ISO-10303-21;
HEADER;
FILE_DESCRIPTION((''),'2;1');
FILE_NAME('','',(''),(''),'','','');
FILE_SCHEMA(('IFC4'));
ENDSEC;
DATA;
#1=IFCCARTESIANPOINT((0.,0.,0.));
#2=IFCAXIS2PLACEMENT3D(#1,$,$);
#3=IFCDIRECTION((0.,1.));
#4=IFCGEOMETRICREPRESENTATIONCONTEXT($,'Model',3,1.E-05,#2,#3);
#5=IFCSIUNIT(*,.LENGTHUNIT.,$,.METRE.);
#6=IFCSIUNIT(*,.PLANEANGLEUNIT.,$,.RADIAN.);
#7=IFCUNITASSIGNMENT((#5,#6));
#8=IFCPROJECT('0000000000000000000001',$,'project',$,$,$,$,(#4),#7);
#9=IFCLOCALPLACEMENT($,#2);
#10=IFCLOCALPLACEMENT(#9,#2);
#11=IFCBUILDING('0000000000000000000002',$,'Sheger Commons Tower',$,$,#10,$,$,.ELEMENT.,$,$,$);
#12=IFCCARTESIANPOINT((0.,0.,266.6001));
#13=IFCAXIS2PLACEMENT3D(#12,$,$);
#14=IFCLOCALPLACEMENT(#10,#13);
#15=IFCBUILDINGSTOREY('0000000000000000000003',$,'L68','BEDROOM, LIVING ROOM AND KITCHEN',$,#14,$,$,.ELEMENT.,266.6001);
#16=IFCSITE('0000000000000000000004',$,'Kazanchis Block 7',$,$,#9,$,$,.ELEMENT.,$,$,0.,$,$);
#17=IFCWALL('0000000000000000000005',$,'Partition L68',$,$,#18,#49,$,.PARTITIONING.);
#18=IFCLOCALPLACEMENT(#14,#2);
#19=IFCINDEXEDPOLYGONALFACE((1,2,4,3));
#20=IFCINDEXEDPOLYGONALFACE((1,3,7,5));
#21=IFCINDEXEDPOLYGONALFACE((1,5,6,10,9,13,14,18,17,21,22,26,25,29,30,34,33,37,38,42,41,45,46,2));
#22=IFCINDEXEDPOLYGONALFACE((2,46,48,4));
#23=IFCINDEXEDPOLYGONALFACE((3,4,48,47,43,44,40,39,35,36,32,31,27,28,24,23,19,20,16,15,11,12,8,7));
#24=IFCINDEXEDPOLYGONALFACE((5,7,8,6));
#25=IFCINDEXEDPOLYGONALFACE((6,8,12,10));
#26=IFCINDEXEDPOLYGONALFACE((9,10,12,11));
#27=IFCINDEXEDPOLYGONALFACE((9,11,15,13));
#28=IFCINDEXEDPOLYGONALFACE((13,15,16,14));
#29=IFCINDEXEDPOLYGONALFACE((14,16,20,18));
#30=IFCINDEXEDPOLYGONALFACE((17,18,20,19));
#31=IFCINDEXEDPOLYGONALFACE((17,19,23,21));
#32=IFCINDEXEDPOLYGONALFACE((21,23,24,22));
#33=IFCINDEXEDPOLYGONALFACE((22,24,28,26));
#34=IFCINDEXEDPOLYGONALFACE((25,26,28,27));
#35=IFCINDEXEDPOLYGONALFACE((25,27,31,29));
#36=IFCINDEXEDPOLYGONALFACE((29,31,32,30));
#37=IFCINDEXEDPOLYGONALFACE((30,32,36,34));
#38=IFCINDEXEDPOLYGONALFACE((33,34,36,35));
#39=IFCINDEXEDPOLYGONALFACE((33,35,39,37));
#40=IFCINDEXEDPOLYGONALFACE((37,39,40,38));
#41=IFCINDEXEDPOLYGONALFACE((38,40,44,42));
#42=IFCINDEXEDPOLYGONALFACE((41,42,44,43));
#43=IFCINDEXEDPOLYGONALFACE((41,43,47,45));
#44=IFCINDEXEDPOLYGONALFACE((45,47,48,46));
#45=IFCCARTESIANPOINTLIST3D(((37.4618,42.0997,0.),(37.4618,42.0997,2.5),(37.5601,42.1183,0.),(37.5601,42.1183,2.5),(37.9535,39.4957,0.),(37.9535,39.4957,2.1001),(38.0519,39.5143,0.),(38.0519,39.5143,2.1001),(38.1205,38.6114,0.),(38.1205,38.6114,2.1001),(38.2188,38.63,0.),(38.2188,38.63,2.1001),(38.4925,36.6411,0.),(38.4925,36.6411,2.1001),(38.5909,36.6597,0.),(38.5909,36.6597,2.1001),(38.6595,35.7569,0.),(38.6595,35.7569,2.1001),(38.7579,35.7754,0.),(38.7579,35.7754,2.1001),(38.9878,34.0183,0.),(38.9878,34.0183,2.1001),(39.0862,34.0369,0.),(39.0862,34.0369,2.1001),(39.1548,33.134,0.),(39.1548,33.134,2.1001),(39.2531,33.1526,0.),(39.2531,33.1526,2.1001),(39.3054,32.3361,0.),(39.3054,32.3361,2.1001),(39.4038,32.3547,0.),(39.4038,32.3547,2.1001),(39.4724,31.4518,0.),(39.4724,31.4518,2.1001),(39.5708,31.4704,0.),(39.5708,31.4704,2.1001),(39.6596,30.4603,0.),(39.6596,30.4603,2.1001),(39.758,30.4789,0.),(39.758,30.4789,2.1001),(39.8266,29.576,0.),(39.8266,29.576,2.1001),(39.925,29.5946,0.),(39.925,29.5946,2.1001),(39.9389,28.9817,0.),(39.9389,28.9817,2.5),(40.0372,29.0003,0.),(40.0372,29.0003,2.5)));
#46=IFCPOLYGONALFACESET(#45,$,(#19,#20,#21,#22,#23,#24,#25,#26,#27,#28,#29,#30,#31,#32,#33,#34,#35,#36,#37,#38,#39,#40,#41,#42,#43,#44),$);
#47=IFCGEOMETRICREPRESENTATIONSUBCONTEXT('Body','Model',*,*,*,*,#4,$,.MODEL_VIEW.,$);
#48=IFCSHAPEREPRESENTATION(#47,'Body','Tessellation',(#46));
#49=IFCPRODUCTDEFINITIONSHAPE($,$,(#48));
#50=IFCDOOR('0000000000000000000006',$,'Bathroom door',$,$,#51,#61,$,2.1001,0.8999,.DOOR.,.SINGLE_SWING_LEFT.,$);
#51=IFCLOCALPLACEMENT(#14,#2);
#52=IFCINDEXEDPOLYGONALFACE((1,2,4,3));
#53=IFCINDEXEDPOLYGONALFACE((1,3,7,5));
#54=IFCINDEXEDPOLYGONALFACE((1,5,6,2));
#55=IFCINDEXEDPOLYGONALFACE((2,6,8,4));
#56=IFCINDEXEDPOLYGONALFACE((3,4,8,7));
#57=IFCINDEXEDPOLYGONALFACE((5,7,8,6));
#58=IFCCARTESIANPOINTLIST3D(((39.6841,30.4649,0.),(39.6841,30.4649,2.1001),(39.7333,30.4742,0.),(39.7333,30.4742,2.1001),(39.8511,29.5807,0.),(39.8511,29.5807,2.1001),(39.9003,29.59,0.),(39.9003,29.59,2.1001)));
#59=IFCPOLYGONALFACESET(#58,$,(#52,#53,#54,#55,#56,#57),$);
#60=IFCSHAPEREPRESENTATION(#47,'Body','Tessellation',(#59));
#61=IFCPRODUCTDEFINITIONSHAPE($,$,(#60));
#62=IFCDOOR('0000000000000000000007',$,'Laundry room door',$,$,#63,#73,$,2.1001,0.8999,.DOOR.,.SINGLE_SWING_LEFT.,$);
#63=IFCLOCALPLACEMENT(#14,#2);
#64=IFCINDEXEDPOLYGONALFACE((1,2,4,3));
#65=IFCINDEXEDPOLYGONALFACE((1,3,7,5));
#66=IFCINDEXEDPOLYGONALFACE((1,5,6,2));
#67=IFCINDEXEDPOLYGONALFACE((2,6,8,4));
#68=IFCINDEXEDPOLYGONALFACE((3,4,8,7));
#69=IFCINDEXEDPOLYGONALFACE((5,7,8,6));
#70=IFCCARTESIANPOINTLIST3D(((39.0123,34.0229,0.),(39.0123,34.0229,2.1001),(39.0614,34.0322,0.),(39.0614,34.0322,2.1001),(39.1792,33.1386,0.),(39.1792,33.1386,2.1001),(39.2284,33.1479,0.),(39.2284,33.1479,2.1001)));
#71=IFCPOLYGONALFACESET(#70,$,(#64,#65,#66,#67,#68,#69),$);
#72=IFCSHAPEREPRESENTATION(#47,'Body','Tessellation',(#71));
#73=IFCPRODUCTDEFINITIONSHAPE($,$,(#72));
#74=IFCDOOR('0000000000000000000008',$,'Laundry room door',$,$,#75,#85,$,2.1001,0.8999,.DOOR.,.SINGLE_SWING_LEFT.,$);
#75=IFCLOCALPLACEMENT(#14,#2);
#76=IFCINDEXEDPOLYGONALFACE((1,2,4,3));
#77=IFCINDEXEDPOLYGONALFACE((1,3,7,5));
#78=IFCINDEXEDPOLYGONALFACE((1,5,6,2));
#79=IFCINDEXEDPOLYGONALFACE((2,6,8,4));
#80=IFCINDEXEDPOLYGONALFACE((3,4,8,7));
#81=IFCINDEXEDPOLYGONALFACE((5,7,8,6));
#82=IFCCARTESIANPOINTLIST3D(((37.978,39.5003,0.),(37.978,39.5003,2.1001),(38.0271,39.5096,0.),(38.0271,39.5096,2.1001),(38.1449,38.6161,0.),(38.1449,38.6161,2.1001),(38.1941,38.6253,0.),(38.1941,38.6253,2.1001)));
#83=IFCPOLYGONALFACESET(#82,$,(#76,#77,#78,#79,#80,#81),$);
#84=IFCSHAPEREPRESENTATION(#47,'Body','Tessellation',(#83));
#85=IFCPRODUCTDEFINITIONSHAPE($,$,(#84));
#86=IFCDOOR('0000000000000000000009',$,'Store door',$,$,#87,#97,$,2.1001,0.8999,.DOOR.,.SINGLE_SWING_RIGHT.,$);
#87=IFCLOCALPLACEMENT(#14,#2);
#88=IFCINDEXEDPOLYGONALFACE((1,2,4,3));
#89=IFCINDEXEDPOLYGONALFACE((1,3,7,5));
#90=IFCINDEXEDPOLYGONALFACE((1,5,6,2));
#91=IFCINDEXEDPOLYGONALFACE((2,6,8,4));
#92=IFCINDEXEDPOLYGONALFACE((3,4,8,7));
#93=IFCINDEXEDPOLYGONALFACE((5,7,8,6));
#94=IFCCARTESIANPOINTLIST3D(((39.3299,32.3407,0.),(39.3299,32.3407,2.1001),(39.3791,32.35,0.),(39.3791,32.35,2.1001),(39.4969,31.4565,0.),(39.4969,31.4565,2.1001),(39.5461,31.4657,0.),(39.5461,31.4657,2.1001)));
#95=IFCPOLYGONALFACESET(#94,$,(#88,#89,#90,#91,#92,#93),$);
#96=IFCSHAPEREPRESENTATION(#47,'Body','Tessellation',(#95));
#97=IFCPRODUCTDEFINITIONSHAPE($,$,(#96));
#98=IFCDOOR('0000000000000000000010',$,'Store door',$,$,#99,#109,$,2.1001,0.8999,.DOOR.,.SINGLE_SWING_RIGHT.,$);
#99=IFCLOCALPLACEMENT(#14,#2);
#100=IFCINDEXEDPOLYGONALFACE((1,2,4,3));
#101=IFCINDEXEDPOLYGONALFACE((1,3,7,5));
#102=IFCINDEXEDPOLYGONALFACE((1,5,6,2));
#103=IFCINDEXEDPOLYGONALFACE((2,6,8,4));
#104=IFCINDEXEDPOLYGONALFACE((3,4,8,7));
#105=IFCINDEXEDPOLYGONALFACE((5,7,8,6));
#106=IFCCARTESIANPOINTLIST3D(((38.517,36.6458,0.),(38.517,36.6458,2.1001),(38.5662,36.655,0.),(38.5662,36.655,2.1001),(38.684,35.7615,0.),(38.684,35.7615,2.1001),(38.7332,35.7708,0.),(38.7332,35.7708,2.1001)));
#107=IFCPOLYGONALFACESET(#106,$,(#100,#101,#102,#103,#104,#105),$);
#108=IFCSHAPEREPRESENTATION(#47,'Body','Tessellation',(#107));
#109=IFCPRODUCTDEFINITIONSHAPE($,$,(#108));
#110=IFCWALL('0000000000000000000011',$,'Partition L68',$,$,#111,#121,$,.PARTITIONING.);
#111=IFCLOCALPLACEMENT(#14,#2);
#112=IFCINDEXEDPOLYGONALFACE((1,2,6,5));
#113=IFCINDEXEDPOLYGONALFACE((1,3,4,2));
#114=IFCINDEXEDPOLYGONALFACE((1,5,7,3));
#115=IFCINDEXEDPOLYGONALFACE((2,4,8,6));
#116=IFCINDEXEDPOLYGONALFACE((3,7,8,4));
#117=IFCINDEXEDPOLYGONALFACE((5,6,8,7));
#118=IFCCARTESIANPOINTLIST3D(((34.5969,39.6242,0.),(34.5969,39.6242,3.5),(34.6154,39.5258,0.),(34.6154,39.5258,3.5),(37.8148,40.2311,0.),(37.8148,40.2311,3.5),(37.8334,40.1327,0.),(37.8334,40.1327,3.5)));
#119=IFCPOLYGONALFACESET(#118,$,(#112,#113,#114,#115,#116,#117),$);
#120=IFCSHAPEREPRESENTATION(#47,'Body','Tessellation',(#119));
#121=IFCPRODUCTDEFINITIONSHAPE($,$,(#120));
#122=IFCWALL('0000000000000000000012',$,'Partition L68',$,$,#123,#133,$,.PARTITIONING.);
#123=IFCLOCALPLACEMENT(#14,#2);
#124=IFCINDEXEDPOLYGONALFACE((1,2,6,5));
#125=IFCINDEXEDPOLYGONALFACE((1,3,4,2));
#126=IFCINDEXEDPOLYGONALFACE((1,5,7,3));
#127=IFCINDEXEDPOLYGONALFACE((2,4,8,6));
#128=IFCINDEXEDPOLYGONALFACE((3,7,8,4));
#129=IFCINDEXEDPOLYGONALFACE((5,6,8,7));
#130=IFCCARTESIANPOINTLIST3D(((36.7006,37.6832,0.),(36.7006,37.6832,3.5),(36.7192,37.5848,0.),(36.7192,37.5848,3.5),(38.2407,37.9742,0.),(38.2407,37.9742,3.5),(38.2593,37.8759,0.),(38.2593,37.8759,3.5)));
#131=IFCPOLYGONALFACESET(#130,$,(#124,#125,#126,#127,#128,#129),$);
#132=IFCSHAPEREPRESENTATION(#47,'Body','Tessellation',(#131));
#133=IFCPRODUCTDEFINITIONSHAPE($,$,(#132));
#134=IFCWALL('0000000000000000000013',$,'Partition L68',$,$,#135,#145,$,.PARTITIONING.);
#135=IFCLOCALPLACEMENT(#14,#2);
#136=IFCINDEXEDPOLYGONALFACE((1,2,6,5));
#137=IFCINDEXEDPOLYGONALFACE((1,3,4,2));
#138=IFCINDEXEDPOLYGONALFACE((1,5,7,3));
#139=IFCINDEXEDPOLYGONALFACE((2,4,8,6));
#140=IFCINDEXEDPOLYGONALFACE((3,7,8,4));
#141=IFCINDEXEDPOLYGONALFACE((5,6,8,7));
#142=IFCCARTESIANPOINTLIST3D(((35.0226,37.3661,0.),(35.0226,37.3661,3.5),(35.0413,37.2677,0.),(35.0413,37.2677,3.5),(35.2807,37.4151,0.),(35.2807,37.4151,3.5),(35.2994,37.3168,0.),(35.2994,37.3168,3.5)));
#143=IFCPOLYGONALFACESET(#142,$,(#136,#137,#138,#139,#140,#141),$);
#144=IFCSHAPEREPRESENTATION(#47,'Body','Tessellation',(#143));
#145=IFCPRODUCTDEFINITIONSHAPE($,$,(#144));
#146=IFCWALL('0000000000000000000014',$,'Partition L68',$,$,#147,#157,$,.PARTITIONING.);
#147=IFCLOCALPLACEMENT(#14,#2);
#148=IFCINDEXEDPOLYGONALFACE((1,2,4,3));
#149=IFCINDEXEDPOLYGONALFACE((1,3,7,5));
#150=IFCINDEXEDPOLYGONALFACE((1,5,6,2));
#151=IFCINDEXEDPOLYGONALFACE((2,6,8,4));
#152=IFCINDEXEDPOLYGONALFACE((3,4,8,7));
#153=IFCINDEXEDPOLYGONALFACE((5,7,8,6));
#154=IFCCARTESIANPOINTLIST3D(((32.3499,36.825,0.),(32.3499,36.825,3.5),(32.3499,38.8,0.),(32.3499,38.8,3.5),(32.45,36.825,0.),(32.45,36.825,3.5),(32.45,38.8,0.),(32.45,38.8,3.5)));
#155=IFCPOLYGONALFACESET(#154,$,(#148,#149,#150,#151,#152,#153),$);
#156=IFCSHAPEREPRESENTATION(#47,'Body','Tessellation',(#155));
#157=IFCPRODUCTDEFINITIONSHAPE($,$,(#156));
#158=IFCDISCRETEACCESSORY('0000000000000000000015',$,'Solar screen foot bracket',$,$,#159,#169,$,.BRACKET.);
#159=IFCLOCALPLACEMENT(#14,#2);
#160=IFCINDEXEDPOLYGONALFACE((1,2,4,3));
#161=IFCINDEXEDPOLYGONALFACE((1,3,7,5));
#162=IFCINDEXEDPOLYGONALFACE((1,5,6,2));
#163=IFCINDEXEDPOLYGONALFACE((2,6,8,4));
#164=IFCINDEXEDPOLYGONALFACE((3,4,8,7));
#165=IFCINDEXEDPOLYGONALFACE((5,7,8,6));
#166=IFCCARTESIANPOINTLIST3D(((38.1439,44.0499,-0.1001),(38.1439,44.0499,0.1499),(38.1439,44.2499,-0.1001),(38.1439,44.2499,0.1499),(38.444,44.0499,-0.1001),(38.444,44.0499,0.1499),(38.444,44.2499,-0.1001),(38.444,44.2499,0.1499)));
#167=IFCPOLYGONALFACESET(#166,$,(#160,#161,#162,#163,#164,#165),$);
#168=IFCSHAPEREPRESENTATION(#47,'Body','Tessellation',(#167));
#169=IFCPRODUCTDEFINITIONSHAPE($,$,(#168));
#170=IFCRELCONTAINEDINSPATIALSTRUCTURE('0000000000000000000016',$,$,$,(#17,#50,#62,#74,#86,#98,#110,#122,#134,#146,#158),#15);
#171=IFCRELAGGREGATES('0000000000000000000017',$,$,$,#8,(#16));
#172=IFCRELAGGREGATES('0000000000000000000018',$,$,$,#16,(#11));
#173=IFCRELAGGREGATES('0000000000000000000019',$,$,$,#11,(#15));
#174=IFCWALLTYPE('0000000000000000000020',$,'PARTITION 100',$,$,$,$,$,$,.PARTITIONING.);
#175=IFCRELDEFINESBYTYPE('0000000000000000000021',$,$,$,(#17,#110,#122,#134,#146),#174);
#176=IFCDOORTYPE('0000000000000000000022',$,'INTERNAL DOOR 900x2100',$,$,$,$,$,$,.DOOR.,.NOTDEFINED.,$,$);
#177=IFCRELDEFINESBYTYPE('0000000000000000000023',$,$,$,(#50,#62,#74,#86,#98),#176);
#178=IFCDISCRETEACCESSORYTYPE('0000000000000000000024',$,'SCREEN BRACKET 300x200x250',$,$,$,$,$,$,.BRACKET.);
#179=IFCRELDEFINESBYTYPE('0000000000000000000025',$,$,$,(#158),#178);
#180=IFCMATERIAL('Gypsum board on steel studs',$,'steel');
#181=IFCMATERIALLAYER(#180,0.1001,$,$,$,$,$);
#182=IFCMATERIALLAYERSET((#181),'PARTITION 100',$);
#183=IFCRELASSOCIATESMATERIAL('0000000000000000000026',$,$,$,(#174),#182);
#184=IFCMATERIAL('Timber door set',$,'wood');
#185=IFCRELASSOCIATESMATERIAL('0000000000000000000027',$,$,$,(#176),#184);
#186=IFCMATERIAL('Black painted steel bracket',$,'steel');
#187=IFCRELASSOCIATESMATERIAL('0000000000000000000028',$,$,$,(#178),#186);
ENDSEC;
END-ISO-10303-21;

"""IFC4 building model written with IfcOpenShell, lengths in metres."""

from ifc_helpers import new_model, si_unit, direction, frame, frame_2d, origin, origin_2d, place, context, subcontext, project, spatial, rectangle, extrude, material, layer, layer_set, type_object, element, fill, save


model = new_model("IFC4")

# Units and contexts
model_context = context("Model", 3, precision=1e-05, world=origin(), true_north=direction((0.0, 1.0)))
body_context = subcontext(model_context, "Body", "Model", "MODEL_VIEW")
ifc_project = project(units=[si_unit("LENGTHUNIT", "METRE"), si_unit("PLANEANGLEUNIT", "RADIAN")], contexts=[model_context])

# Site, building, storey
site_placement = place(None, origin())
site = spatial("IfcSite", under=ifc_project, at=site_placement, Name="Kazanchis Block 7", CompositionType="ELEMENT", RefElevation=0.0)
building_placement = place(site_placement, origin())
building = spatial("IfcBuilding", under=site, at=building_placement, Name="Sheger Commons Tower", CompositionType="ELEMENT")
storey_placement = place(building_placement, frame((0.0, 0.0, 266.6001)))
storey = spatial("IfcBuildingStorey", under=building, at=storey_placement, Name="L68", Description="BEDROOM, LIVING ROOM AND KITCHEN", CompositionType="ELEMENT", Elevation=266.6001)

# Shared definitions
ifc_material_1 = material(Name="Gypsum board on steel studs", Category="steel")
ifc_layer_1 = layer(ifc_material_1, 0.1001)
ifc_layer_set_1 = layer_set([ifc_layer_1], Name="PARTITION 100")
wall_type_1 = type_object("IfcWallType", Name="PARTITION 100", PredefinedType="PARTITIONING", material=ifc_layer_set_1)

# Wall, openings, doors
wall_1_placement = place(storey_placement, frame((37.511, 42.1089, 0.0), z_axis=(0.0, 0.0, 1.0), x_axis=(0.18555, -0.982635, 0.0)))
wall_1 = element("IfcWall", 1, at=wall_1_placement, inside=storey, type_object=wall_type_1, Name="Partition L68", PredefinedType="PARTITIONING", context=body_context, shape_type="SweptSolid", body=[
    extrude(rectangle(XDim=13.3499, YDim=0.1001, at=frame_2d((6.6748, 0.0))), origin(), (0.0, 0.0, 1.0), 2.5),
])
opening_1_placement = place(wall_1_placement, frame((11.845, 0.0, 0.0)))
opening_1 = element("IfcOpeningElement", 2, at=opening_1_placement, cuts=wall_1, PredefinedType="OPENING", context=body_context, shape_type="SweptSolid", body=[
    extrude(rectangle(XDim=0.8999, YDim=2.1001, at=frame_2d((0.45, 1.05))), frame((0.0, 0.0601, 0.0), z_axis=(0.0, -1.0, 0.0), x_axis=(1.0, 0.0, 0.0)), (0.0, 0.0, 1.0), 0.1201),
])
opening_2_placement = place(wall_1_placement, frame((8.2241, 0.0, 0.0)))
opening_2 = element("IfcOpeningElement", 3, at=opening_2_placement, cuts=wall_1, PredefinedType="OPENING", context=body_context, shape_type="SweptSolid", body=[
    extrude(rectangle(XDim=0.8999, YDim=2.1001, at=frame_2d((0.45, 1.05))), frame((0.0, 0.0601, 0.0), z_axis=(0.0, -1.0, 0.0), x_axis=(1.0, 0.0, 0.0)), (0.0, 0.0, 1.0), 0.1201),
])
opening_3_placement = place(wall_1_placement, frame((2.6499, 0.0, 0.0)))
opening_3 = element("IfcOpeningElement", 4, at=opening_3_placement, cuts=wall_1, PredefinedType="OPENING", context=body_context, shape_type="SweptSolid", body=[
    extrude(rectangle(XDim=0.8999, YDim=2.1001, at=frame_2d((0.45, 1.05))), frame((0.0, 0.0601, 0.0), z_axis=(0.0, -1.0, 0.0), x_axis=(1.0, 0.0, 0.0)), (0.0, 0.0, 1.0), 0.1201),
])
opening_4_placement = place(wall_1_placement, frame((9.936, 0.0, 0.0)))
opening_4 = element("IfcOpeningElement", 5, at=opening_4_placement, cuts=wall_1, PredefinedType="OPENING", context=body_context, shape_type="SweptSolid", body=[
    extrude(rectangle(XDim=0.8999, YDim=2.1001, at=frame_2d((0.45, 1.05))), frame((0.0, 0.0601, 0.0), z_axis=(0.0, -1.0, 0.0), x_axis=(1.0, 0.0, 0.0)), (0.0, 0.0, 1.0), 0.1201),
])
opening_5_placement = place(wall_1_placement, frame((5.5549, 0.0, 0.0)))
opening_5 = element("IfcOpeningElement", 6, at=opening_5_placement, cuts=wall_1, PredefinedType="OPENING", context=body_context, shape_type="SweptSolid", body=[
    extrude(rectangle(XDim=0.8999, YDim=2.1001, at=frame_2d((0.45, 1.05))), frame((0.0, 0.0601, 0.0), z_axis=(0.0, -1.0, 0.0), x_axis=(1.0, 0.0, 0.0)), (0.0, 0.0, 1.0), 0.1201),
])
ifc_material_2 = material(Name="Timber door set", Category="wood")
door_type_1 = type_object("IfcDoorType", Name="INTERNAL DOOR 900x2100", OperationType="NOTDEFINED", PredefinedType="DOOR", material=ifc_material_2)
door_1_placement = place(opening_1_placement, origin())
door_1 = element("IfcDoor", 7, at=door_1_placement, inside=storey, type_object=door_type_1, Name="Bathroom door", OperationType="SINGLE_SWING_LEFT", OverallHeight=2.1001, OverallWidth=0.8999, PredefinedType="DOOR", context=body_context, shape_type="SweptSolid", body=[
    extrude(rectangle(XDim=0.8999, YDim=2.1001, at=frame_2d((0.45, 1.05))), frame((0.0, 0.0249, 0.0), z_axis=(0.0, -1.0, 0.0), x_axis=(1.0, 0.0, 0.0)), (0.0, 0.0, 1.0), 0.05),
])
fill(opening_1, door_1)
door_2_placement = place(opening_2_placement, origin())
door_2 = element("IfcDoor", 8, at=door_2_placement, inside=storey, type_object=door_type_1, Name="Laundry room door", OperationType="SINGLE_SWING_LEFT", OverallHeight=2.1001, OverallWidth=0.8999, PredefinedType="DOOR", context=body_context, shape_type="SweptSolid", body=[
    extrude(rectangle(XDim=0.8999, YDim=2.1001, at=frame_2d((0.45, 1.05))), frame((0.0, 0.0249, 0.0), z_axis=(0.0, -1.0, 0.0), x_axis=(1.0, 0.0, 0.0)), (0.0, 0.0, 1.0), 0.05),
])
fill(opening_2, door_2)
door_3_placement = place(opening_3_placement, origin())
door_3 = element("IfcDoor", 9, at=door_3_placement, inside=storey, type_object=door_type_1, Name="Laundry room door", OperationType="SINGLE_SWING_LEFT", OverallHeight=2.1001, OverallWidth=0.8999, PredefinedType="DOOR", context=body_context, shape_type="SweptSolid", body=[
    extrude(rectangle(XDim=0.8999, YDim=2.1001, at=frame_2d((0.45, 1.05))), frame((0.0, 0.0249, 0.0), z_axis=(0.0, -1.0, 0.0), x_axis=(1.0, 0.0, 0.0)), (0.0, 0.0, 1.0), 0.05),
])
fill(opening_3, door_3)
door_4_placement = place(opening_4_placement, origin())
door_4 = element("IfcDoor", 10, at=door_4_placement, inside=storey, type_object=door_type_1, Name="Store door", OperationType="SINGLE_SWING_RIGHT", OverallHeight=2.1001, OverallWidth=0.8999, PredefinedType="DOOR", context=body_context, shape_type="SweptSolid", body=[
    extrude(rectangle(XDim=0.8999, YDim=2.1001, at=frame_2d((0.45, 1.05))), frame((0.0, 0.0249, 0.0), z_axis=(0.0, -1.0, 0.0), x_axis=(1.0, 0.0, 0.0)), (0.0, 0.0, 1.0), 0.05),
])
fill(opening_4, door_4)
door_5_placement = place(opening_5_placement, origin())
door_5 = element("IfcDoor", 11, at=door_5_placement, inside=storey, type_object=door_type_1, Name="Store door", OperationType="SINGLE_SWING_RIGHT", OverallHeight=2.1001, OverallWidth=0.8999, PredefinedType="DOOR", context=body_context, shape_type="SweptSolid", body=[
    extrude(rectangle(XDim=0.8999, YDim=2.1001, at=frame_2d((0.45, 1.05))), frame((0.0, 0.0249, 0.0), z_axis=(0.0, -1.0, 0.0), x_axis=(1.0, 0.0, 0.0)), (0.0, 0.0, 1.0), 0.05),
])
fill(opening_5, door_5)

# Walls
wall_2_placement = place(storey_placement, frame((37.824, 40.1819, 0.0), z_axis=(0.0, 0.0, 1.0), x_axis=(-0.982675, -0.185337, 0.0)))
element("IfcWall", 12, at=wall_2_placement, inside=storey, type_object=wall_type_1, Name="Partition L68", PredefinedType="PARTITIONING", context=body_context, shape_type="SweptSolid", body=[
    extrude(rectangle(XDim=3.2747, YDim=0.1001, at=frame_2d((1.6372, 0.0))), origin(), (0.0, 0.0, 1.0), 3.5),
])
wall_3_placement = place(storey_placement, frame((38.25, 37.925, 0.0), z_axis=(0.0, 0.0, 1.0), x_axis=(-0.98261, -0.18568, 0.0)))
element("IfcWall", 13, at=wall_3_placement, inside=storey, type_object=wall_type_1, Name="Partition L68", PredefinedType="PARTITIONING", context=body_context, shape_type="SweptSolid", body=[
    extrude(rectangle(XDim=1.5674, YDim=0.1001, at=frame_2d((0.7837, 0.0))), origin(), (0.0, 0.0, 1.0), 3.5),
])
wall_4_placement = place(storey_placement, frame((35.29, 37.366, 0.0), z_axis=(0.0, 0.0, 1.0), x_axis=(-0.982395, -0.186813, 0.0)))
element("IfcWall", 14, at=wall_4_placement, inside=storey, type_object=wall_type_1, Name="Partition L68", PredefinedType="PARTITIONING", context=body_context, shape_type="SweptSolid", body=[
    extrude(rectangle(XDim=0.2627, YDim=0.1001, at=frame_2d((0.1313, 0.0))), origin(), (0.0, 0.0, 1.0), 3.5),
])
wall_5_placement = place(storey_placement, frame((32.3999, 36.825, 0.0), z_axis=(0.0, 0.0, 1.0), x_axis=(0.0, 1.0, 0.0)))
element("IfcWall", 15, at=wall_5_placement, inside=storey, type_object=wall_type_1, Name="Partition L68", PredefinedType="PARTITIONING", context=body_context, shape_type="SweptSolid", body=[
    extrude(rectangle(XDim=1.9751, YDim=0.1001, at=frame_2d((0.9875, 0.0))), origin(), (0.0, 0.0, 1.0), 3.5),
])

# Discrete accessory
ifc_material_3 = material(Name="Black painted steel bracket", Category="steel")
discrete_accessory_type = type_object("IfcDiscreteAccessoryType", Name="SCREEN BRACKET 300x200x250", PredefinedType="BRACKET", material=ifc_material_3)
for number, where, z_axis, x_axis, name in (
    (16, (38.2939, 44.1499, -0.1001), (0.0, 0.0, 1.0), (-1.0, 0.0, 0.0), "Solar screen foot bracket"),
):
    element("IfcDiscreteAccessory", number, at=place(storey_placement, frame(where, z_axis=z_axis, x_axis=x_axis)), inside=storey, type_object=discrete_accessory_type, Name=name, PredefinedType="BRACKET", context=body_context, shape_type="SweptSolid", body=[
        extrude(rectangle(XDim=0.3, YDim=0.2, at=origin_2d()), origin(), (0.0, 0.0, 1.0), 0.25),
    ])

save(model, "model.ifc")
